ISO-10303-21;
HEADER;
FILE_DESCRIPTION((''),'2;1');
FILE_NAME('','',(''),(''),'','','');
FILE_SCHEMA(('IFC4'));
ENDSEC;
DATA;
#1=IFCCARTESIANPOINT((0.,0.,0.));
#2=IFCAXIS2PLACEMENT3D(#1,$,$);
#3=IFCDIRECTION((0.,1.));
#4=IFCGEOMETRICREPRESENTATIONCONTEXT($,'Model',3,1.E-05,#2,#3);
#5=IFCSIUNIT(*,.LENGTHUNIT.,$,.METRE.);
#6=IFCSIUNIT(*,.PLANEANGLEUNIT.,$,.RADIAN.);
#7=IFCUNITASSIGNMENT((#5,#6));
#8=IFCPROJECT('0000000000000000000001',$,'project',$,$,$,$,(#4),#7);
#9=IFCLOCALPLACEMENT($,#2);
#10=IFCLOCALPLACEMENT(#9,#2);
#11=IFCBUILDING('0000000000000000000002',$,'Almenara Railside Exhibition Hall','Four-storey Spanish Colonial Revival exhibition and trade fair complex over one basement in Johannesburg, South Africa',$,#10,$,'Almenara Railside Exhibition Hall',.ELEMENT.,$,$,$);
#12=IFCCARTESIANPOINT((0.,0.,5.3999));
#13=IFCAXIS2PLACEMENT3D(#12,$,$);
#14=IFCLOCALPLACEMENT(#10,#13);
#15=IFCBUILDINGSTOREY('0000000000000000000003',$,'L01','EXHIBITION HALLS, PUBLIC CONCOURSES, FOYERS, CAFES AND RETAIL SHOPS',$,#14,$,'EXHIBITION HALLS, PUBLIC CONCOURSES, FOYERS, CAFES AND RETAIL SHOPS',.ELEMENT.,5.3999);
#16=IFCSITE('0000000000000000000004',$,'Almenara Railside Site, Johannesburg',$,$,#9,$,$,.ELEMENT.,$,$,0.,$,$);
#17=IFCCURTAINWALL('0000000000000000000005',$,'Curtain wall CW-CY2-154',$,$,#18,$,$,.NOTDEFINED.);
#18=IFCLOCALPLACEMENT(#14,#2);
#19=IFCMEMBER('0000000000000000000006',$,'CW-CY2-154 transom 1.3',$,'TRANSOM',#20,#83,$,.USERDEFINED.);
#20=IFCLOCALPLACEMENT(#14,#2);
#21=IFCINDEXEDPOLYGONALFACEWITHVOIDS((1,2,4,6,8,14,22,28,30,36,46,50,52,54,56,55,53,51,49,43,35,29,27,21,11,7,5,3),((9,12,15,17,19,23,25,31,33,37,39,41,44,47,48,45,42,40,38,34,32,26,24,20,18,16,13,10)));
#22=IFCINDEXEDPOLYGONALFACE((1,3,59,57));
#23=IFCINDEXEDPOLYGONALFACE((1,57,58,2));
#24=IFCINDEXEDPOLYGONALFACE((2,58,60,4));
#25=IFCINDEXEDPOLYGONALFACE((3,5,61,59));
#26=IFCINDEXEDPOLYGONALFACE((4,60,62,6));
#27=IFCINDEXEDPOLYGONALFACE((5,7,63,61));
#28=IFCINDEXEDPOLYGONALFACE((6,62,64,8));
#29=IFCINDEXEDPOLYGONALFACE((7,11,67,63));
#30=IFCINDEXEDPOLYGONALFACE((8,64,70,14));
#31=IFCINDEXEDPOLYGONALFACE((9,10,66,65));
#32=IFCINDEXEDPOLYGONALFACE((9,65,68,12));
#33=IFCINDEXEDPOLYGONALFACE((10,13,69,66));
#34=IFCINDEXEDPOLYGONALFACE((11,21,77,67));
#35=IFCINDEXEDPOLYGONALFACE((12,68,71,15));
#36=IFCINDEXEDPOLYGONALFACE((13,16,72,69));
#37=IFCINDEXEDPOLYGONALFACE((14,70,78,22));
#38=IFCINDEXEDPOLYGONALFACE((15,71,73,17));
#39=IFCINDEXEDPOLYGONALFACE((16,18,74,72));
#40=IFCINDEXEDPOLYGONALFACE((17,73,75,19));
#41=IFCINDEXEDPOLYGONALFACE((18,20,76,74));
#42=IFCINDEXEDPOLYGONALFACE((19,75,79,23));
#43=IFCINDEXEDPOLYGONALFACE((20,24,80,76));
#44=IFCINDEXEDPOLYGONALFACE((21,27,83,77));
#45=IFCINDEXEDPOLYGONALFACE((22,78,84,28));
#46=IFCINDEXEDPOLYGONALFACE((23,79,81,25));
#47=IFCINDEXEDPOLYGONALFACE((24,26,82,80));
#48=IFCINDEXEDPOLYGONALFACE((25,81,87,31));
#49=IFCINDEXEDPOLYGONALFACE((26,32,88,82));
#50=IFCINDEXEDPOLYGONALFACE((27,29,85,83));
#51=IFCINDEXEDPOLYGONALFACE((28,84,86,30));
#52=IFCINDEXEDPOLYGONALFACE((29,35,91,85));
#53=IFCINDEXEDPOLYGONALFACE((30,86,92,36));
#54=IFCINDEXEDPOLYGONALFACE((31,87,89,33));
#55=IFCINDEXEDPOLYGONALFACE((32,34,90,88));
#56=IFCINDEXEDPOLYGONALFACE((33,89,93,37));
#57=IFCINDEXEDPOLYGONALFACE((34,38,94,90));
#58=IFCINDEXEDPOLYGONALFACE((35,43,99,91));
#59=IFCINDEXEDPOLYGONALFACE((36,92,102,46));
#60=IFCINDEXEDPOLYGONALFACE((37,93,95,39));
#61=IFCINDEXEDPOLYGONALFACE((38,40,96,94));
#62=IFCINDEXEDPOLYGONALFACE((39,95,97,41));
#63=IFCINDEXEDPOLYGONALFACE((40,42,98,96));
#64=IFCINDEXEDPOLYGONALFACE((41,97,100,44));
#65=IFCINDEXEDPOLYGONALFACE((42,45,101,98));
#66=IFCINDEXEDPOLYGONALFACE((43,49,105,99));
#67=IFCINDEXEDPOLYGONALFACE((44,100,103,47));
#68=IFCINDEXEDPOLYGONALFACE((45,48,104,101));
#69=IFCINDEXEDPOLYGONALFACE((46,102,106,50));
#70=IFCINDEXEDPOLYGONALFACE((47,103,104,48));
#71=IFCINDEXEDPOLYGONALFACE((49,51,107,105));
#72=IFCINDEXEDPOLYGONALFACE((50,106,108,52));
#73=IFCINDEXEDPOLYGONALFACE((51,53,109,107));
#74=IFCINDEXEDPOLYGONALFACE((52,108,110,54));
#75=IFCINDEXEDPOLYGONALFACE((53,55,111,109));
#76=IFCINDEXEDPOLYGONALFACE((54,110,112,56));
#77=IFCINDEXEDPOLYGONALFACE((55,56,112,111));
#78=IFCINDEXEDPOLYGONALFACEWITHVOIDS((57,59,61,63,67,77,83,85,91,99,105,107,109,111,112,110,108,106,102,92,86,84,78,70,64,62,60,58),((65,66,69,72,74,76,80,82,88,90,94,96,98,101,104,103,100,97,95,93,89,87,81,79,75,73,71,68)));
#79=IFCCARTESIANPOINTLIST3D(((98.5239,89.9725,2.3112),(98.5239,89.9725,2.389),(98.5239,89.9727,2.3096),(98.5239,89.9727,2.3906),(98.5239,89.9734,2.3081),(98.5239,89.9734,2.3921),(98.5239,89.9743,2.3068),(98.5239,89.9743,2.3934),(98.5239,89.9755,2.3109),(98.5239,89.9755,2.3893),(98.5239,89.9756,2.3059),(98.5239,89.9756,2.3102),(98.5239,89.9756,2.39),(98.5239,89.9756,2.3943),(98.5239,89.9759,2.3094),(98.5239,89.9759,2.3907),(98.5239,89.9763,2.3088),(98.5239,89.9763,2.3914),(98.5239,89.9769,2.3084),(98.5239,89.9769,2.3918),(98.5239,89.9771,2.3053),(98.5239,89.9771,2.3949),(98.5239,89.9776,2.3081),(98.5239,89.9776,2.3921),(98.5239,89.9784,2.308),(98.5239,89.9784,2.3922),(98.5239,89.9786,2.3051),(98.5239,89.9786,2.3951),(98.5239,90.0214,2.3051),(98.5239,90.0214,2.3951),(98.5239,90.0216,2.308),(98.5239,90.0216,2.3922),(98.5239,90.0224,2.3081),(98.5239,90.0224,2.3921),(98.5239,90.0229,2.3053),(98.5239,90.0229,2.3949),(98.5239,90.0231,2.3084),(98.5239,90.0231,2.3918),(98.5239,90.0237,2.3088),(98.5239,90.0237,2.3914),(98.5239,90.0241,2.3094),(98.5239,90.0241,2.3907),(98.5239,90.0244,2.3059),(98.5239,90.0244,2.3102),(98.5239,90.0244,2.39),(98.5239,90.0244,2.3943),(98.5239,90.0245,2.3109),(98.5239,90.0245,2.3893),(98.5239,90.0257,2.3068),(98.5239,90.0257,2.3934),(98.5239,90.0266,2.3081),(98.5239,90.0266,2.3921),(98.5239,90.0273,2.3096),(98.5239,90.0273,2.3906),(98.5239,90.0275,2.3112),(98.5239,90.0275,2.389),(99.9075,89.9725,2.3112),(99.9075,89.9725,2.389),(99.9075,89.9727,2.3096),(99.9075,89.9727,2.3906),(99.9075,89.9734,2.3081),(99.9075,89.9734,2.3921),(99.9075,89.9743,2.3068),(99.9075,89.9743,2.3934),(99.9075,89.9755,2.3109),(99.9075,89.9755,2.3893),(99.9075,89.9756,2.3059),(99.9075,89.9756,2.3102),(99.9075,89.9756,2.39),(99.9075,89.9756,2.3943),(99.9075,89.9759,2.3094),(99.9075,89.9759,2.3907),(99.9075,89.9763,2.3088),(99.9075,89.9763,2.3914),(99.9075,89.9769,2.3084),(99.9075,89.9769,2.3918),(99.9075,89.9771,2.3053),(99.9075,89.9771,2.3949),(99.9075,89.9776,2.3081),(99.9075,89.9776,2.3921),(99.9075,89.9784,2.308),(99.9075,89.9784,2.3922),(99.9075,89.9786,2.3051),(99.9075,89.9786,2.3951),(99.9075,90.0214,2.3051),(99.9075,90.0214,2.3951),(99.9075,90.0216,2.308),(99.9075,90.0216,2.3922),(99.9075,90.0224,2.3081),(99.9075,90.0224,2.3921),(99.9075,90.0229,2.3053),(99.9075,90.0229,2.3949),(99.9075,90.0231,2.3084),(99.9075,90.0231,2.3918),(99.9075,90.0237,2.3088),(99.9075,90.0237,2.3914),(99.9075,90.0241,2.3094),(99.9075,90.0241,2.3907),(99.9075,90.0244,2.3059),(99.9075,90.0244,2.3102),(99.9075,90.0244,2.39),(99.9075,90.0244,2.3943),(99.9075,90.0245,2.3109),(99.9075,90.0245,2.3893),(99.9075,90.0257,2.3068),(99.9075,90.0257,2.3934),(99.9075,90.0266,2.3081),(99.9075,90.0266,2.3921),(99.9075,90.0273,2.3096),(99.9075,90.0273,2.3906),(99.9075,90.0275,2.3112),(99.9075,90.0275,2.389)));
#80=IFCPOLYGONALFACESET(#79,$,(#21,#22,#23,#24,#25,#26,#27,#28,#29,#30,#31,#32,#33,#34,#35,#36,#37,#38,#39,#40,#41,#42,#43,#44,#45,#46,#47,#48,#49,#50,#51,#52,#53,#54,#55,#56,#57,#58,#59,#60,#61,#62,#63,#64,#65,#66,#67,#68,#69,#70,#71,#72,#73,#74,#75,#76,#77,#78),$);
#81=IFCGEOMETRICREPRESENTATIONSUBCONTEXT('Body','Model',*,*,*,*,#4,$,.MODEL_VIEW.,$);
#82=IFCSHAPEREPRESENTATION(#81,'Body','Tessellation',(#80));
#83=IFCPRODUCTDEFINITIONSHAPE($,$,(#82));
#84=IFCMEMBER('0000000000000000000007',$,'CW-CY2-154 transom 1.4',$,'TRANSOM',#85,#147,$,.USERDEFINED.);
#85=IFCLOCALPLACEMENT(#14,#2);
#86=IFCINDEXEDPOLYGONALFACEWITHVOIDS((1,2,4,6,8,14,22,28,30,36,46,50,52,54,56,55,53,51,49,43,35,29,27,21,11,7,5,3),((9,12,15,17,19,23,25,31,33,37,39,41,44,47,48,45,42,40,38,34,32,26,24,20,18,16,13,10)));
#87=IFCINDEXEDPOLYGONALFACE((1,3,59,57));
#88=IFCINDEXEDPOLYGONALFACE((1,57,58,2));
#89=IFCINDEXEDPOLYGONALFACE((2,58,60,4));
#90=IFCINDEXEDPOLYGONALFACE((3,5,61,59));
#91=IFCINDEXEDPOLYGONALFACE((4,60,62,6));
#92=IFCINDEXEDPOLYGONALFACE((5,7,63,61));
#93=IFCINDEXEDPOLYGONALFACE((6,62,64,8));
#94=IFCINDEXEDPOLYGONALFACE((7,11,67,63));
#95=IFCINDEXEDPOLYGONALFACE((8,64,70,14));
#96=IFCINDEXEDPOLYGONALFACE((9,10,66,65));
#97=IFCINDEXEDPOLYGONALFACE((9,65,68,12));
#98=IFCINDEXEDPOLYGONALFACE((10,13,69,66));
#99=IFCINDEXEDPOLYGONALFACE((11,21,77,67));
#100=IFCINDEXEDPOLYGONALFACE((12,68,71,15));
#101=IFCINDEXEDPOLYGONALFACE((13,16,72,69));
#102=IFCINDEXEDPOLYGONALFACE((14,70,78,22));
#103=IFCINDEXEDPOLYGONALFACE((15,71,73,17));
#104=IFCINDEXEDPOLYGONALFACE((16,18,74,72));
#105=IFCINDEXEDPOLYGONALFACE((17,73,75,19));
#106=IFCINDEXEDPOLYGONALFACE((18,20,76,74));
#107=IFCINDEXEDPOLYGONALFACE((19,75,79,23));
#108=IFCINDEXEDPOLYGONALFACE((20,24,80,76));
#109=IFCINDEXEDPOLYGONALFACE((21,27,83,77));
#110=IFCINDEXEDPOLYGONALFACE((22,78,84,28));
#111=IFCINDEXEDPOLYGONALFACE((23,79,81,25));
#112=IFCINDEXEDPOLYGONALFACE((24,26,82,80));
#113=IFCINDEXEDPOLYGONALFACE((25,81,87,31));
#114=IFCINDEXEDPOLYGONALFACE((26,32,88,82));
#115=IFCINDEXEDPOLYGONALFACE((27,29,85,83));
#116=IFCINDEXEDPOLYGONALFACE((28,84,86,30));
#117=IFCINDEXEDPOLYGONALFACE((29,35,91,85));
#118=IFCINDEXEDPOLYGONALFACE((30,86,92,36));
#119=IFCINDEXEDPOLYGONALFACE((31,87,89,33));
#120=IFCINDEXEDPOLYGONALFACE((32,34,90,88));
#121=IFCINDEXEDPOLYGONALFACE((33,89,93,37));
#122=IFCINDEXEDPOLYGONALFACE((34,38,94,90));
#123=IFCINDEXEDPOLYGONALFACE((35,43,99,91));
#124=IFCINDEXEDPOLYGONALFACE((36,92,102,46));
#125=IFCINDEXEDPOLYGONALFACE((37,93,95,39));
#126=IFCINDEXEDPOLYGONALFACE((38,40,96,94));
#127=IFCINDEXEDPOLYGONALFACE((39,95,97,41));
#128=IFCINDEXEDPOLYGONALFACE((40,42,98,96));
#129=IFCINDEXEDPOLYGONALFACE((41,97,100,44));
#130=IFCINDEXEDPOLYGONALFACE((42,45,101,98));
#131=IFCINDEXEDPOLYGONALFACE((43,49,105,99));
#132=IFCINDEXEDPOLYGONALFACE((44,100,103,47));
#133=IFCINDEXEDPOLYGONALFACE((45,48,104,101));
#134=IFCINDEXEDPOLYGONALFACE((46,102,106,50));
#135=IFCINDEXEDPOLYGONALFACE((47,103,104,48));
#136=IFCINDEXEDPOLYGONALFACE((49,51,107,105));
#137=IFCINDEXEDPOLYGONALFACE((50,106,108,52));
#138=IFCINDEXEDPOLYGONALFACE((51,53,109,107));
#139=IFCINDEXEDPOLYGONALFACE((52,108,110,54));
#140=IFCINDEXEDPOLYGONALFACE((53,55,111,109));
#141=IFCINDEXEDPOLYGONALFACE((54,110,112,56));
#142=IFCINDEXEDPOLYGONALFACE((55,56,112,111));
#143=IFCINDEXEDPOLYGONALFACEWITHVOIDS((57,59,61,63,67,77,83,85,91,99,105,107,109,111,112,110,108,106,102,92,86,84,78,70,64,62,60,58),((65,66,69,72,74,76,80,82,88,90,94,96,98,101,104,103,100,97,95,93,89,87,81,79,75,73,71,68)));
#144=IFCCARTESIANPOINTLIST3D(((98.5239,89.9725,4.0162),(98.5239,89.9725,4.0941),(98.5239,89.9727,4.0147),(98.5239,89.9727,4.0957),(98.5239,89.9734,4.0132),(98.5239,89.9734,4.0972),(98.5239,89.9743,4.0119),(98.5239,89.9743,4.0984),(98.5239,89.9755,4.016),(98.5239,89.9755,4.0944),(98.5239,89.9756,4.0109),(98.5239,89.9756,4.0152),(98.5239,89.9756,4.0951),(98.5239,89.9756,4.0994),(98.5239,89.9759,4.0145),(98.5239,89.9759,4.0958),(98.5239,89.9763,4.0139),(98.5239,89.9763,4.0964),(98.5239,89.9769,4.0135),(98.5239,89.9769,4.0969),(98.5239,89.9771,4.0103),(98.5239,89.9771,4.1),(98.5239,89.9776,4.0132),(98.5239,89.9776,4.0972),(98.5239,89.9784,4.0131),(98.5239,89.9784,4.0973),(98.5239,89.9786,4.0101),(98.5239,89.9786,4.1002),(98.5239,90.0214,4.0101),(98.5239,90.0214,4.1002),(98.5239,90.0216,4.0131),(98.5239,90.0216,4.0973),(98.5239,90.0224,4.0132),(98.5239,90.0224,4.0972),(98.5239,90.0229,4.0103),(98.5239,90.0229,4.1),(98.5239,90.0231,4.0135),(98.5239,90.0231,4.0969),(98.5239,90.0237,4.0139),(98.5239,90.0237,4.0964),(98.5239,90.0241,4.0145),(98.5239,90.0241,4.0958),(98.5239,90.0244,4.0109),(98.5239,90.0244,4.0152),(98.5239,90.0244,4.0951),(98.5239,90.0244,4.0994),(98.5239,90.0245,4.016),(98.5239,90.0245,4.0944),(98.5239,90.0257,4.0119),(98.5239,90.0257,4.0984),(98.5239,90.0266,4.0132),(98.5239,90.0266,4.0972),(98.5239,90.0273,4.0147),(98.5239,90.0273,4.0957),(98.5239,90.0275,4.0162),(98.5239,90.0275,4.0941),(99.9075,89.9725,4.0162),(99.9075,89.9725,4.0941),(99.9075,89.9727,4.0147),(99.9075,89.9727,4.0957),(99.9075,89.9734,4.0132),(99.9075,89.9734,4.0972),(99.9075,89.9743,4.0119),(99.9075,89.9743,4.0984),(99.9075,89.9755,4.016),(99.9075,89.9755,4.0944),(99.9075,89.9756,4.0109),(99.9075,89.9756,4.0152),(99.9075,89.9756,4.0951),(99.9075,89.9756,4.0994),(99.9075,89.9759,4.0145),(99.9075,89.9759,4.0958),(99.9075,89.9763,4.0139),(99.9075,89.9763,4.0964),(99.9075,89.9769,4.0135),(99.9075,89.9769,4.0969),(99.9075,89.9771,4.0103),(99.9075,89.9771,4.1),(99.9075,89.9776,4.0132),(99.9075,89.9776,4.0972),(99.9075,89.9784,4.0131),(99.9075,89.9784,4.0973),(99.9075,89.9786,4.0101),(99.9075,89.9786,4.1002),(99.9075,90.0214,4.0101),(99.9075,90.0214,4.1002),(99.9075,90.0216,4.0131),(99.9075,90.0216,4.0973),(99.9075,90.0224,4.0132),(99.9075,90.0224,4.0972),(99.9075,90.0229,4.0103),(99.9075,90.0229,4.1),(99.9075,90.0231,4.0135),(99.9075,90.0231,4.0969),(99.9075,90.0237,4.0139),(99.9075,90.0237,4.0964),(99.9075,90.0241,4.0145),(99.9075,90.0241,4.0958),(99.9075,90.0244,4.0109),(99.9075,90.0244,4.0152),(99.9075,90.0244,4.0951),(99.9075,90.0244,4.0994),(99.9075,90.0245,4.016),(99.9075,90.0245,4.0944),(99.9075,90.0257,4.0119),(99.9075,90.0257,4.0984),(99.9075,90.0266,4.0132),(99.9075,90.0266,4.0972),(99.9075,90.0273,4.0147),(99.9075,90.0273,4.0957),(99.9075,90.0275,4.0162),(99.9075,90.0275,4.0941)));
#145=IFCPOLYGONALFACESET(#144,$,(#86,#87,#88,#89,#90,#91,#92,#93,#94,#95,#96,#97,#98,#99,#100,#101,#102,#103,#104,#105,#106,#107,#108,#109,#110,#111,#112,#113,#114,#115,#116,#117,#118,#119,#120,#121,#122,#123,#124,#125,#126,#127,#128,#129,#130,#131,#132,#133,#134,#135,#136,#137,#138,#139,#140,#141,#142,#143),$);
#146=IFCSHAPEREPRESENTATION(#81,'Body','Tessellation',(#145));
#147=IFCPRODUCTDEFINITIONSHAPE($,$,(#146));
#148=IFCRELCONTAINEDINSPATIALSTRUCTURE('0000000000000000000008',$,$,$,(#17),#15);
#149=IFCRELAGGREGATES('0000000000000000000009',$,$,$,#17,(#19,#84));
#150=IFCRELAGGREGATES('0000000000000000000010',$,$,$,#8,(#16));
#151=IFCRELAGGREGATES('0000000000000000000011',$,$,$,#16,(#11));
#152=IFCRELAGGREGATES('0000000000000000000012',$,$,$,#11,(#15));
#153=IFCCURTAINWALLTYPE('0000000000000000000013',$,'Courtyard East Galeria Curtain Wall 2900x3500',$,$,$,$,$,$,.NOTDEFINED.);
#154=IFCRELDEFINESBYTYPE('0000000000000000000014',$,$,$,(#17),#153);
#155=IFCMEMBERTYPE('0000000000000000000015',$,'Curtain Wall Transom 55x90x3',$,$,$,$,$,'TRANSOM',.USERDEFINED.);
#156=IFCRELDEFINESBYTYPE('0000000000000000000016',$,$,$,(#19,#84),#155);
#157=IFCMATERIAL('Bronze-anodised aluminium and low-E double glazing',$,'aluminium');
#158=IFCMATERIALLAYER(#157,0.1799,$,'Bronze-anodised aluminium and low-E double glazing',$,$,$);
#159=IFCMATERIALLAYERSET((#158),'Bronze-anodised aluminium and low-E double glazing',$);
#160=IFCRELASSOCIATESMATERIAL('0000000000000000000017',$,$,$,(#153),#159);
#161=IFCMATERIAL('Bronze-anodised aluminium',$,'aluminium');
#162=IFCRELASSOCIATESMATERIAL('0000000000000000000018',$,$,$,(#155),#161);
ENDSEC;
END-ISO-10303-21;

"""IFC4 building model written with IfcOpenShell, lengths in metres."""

from ifc_helpers import new_model, si_unit, direction, frame, origin, origin_2d, place, context, subcontext, project, spatial, hollow_rectangle, extrude, material, layer, layer_set, material_profile, profile_set, type_object, element, aggregate, save


model = new_model("IFC4")

# Units and contexts
model_context = context("Model", 3, precision=1e-05, world=origin(), true_north=direction((0.0, 1.0)))
body_context = subcontext(model_context, "Body", "Model", "MODEL_VIEW")
ifc_project = project(units=[si_unit("LENGTHUNIT", "METRE"), si_unit("PLANEANGLEUNIT", "RADIAN")], contexts=[model_context])

# Site, building, storey
site_placement = place(None, origin())
site = spatial("IfcSite", under=ifc_project, at=site_placement, Name="Almenara Railside Site, Johannesburg", CompositionType="ELEMENT", RefElevation=0.0)
building_placement = place(site_placement, origin())
building = spatial("IfcBuilding", under=site, at=building_placement, Name="Almenara Railside Exhibition Hall", Description="Four-storey Spanish Colonial Revival exhibition and trade fair complex over one basement in Johannesburg, South Africa", LongName="Almenara Railside Exhibition Hall", CompositionType="ELEMENT")
storey_placement = place(building_placement, frame((0.0, 0.0, 5.3999)))
storey = spatial("IfcBuildingStorey", under=building, at=storey_placement, Name="L01", Description="EXHIBITION HALLS, PUBLIC CONCOURSES, FOYERS, CAFES AND RETAIL SHOPS", LongName="EXHIBITION HALLS, PUBLIC CONCOURSES, FOYERS, CAFES AND RETAIL SHOPS", CompositionType="ELEMENT", Elevation=5.3999)

# Curtain wall
ifc_material_1 = material(Name="Bronze-anodised aluminium and low-E double glazing", Category="aluminium")
ifc_layer_1 = layer(ifc_material_1, 0.1799, Name="Bronze-anodised aluminium and low-E double glazing")
ifc_layer_set_1 = layer_set([ifc_layer_1], Name="Bronze-anodised aluminium and low-E double glazing")
curtain_wall_type = type_object("IfcCurtainWallType", Name="Courtyard East Galeria Curtain Wall 2900x3500", PredefinedType="NOTDEFINED", material=ifc_layer_set_1)
curtain_wall_1_placement = place(storey_placement, origin())
curtain_wall_1 = element("IfcCurtainWall", 1, at=curtain_wall_1_placement, inside=storey, type_object=curtain_wall_type, Name="Curtain wall CW-CY2-154", PredefinedType="NOTDEFINED")
ifc_material_2 = material(Name="Bronze-anodised aluminium", Category="aluminium")

# Members
ifc_material_profile_1 = material_profile(ifc_material_2, hollow_rectangle(XDim=0.0549, YDim=0.0901, WallThickness=0.0029, InnerFilletRadius=0.0029, OuterFilletRadius=0.0061, at=origin_2d()), Name="ALU-TRN 55x90x3")
ifc_profile_set_1 = profile_set([ifc_material_profile_1], Name="Bronze-anodised aluminium")
member_type_1 = type_object("IfcMemberType", Name="Curtain Wall Transom 55x90x3", ElementType="TRANSOM", PredefinedType="USERDEFINED", material=ifc_profile_set_1)
member_1_placement = place(storey_placement, frame((99.9075, 90.0, 2.3501), z_axis=(-1.0, 0.0, 0.0), x_axis=(0.0, -1.0, 0.0)))
member_1 = element("IfcMember", 2, at=member_1_placement, type_object=member_type_1, Name="CW-CY2-154 transom 1.3", ObjectType="TRANSOM", PredefinedType="USERDEFINED", context=body_context, shape_type="SweptSolid", body=[
    extrude(hollow_rectangle(XDim=0.0549, YDim=0.0901, WallThickness=0.0029, InnerFilletRadius=0.0029, OuterFilletRadius=0.0061, at=origin_2d()), origin(), (0.0, 0.0, 1.0), 1.3835),
])
member_2_placement = place(storey_placement, frame((99.9075, 90.0, 4.0552), z_axis=(-1.0, 0.0, 0.0), x_axis=(0.0, -1.0, 0.0)))
member_2 = element("IfcMember", 3, at=member_2_placement, type_object=member_type_1, Name="CW-CY2-154 transom 1.4", ObjectType="TRANSOM", PredefinedType="USERDEFINED", context=body_context, shape_type="SweptSolid", body=[
    extrude(hollow_rectangle(XDim=0.0549, YDim=0.0901, WallThickness=0.0029, InnerFilletRadius=0.0029, OuterFilletRadius=0.0061, at=origin_2d()), origin(), (0.0, 0.0, 1.0), 1.3835),
])

aggregate(curtain_wall_1, [member_1, member_2])

save(model, "model.ifc")
